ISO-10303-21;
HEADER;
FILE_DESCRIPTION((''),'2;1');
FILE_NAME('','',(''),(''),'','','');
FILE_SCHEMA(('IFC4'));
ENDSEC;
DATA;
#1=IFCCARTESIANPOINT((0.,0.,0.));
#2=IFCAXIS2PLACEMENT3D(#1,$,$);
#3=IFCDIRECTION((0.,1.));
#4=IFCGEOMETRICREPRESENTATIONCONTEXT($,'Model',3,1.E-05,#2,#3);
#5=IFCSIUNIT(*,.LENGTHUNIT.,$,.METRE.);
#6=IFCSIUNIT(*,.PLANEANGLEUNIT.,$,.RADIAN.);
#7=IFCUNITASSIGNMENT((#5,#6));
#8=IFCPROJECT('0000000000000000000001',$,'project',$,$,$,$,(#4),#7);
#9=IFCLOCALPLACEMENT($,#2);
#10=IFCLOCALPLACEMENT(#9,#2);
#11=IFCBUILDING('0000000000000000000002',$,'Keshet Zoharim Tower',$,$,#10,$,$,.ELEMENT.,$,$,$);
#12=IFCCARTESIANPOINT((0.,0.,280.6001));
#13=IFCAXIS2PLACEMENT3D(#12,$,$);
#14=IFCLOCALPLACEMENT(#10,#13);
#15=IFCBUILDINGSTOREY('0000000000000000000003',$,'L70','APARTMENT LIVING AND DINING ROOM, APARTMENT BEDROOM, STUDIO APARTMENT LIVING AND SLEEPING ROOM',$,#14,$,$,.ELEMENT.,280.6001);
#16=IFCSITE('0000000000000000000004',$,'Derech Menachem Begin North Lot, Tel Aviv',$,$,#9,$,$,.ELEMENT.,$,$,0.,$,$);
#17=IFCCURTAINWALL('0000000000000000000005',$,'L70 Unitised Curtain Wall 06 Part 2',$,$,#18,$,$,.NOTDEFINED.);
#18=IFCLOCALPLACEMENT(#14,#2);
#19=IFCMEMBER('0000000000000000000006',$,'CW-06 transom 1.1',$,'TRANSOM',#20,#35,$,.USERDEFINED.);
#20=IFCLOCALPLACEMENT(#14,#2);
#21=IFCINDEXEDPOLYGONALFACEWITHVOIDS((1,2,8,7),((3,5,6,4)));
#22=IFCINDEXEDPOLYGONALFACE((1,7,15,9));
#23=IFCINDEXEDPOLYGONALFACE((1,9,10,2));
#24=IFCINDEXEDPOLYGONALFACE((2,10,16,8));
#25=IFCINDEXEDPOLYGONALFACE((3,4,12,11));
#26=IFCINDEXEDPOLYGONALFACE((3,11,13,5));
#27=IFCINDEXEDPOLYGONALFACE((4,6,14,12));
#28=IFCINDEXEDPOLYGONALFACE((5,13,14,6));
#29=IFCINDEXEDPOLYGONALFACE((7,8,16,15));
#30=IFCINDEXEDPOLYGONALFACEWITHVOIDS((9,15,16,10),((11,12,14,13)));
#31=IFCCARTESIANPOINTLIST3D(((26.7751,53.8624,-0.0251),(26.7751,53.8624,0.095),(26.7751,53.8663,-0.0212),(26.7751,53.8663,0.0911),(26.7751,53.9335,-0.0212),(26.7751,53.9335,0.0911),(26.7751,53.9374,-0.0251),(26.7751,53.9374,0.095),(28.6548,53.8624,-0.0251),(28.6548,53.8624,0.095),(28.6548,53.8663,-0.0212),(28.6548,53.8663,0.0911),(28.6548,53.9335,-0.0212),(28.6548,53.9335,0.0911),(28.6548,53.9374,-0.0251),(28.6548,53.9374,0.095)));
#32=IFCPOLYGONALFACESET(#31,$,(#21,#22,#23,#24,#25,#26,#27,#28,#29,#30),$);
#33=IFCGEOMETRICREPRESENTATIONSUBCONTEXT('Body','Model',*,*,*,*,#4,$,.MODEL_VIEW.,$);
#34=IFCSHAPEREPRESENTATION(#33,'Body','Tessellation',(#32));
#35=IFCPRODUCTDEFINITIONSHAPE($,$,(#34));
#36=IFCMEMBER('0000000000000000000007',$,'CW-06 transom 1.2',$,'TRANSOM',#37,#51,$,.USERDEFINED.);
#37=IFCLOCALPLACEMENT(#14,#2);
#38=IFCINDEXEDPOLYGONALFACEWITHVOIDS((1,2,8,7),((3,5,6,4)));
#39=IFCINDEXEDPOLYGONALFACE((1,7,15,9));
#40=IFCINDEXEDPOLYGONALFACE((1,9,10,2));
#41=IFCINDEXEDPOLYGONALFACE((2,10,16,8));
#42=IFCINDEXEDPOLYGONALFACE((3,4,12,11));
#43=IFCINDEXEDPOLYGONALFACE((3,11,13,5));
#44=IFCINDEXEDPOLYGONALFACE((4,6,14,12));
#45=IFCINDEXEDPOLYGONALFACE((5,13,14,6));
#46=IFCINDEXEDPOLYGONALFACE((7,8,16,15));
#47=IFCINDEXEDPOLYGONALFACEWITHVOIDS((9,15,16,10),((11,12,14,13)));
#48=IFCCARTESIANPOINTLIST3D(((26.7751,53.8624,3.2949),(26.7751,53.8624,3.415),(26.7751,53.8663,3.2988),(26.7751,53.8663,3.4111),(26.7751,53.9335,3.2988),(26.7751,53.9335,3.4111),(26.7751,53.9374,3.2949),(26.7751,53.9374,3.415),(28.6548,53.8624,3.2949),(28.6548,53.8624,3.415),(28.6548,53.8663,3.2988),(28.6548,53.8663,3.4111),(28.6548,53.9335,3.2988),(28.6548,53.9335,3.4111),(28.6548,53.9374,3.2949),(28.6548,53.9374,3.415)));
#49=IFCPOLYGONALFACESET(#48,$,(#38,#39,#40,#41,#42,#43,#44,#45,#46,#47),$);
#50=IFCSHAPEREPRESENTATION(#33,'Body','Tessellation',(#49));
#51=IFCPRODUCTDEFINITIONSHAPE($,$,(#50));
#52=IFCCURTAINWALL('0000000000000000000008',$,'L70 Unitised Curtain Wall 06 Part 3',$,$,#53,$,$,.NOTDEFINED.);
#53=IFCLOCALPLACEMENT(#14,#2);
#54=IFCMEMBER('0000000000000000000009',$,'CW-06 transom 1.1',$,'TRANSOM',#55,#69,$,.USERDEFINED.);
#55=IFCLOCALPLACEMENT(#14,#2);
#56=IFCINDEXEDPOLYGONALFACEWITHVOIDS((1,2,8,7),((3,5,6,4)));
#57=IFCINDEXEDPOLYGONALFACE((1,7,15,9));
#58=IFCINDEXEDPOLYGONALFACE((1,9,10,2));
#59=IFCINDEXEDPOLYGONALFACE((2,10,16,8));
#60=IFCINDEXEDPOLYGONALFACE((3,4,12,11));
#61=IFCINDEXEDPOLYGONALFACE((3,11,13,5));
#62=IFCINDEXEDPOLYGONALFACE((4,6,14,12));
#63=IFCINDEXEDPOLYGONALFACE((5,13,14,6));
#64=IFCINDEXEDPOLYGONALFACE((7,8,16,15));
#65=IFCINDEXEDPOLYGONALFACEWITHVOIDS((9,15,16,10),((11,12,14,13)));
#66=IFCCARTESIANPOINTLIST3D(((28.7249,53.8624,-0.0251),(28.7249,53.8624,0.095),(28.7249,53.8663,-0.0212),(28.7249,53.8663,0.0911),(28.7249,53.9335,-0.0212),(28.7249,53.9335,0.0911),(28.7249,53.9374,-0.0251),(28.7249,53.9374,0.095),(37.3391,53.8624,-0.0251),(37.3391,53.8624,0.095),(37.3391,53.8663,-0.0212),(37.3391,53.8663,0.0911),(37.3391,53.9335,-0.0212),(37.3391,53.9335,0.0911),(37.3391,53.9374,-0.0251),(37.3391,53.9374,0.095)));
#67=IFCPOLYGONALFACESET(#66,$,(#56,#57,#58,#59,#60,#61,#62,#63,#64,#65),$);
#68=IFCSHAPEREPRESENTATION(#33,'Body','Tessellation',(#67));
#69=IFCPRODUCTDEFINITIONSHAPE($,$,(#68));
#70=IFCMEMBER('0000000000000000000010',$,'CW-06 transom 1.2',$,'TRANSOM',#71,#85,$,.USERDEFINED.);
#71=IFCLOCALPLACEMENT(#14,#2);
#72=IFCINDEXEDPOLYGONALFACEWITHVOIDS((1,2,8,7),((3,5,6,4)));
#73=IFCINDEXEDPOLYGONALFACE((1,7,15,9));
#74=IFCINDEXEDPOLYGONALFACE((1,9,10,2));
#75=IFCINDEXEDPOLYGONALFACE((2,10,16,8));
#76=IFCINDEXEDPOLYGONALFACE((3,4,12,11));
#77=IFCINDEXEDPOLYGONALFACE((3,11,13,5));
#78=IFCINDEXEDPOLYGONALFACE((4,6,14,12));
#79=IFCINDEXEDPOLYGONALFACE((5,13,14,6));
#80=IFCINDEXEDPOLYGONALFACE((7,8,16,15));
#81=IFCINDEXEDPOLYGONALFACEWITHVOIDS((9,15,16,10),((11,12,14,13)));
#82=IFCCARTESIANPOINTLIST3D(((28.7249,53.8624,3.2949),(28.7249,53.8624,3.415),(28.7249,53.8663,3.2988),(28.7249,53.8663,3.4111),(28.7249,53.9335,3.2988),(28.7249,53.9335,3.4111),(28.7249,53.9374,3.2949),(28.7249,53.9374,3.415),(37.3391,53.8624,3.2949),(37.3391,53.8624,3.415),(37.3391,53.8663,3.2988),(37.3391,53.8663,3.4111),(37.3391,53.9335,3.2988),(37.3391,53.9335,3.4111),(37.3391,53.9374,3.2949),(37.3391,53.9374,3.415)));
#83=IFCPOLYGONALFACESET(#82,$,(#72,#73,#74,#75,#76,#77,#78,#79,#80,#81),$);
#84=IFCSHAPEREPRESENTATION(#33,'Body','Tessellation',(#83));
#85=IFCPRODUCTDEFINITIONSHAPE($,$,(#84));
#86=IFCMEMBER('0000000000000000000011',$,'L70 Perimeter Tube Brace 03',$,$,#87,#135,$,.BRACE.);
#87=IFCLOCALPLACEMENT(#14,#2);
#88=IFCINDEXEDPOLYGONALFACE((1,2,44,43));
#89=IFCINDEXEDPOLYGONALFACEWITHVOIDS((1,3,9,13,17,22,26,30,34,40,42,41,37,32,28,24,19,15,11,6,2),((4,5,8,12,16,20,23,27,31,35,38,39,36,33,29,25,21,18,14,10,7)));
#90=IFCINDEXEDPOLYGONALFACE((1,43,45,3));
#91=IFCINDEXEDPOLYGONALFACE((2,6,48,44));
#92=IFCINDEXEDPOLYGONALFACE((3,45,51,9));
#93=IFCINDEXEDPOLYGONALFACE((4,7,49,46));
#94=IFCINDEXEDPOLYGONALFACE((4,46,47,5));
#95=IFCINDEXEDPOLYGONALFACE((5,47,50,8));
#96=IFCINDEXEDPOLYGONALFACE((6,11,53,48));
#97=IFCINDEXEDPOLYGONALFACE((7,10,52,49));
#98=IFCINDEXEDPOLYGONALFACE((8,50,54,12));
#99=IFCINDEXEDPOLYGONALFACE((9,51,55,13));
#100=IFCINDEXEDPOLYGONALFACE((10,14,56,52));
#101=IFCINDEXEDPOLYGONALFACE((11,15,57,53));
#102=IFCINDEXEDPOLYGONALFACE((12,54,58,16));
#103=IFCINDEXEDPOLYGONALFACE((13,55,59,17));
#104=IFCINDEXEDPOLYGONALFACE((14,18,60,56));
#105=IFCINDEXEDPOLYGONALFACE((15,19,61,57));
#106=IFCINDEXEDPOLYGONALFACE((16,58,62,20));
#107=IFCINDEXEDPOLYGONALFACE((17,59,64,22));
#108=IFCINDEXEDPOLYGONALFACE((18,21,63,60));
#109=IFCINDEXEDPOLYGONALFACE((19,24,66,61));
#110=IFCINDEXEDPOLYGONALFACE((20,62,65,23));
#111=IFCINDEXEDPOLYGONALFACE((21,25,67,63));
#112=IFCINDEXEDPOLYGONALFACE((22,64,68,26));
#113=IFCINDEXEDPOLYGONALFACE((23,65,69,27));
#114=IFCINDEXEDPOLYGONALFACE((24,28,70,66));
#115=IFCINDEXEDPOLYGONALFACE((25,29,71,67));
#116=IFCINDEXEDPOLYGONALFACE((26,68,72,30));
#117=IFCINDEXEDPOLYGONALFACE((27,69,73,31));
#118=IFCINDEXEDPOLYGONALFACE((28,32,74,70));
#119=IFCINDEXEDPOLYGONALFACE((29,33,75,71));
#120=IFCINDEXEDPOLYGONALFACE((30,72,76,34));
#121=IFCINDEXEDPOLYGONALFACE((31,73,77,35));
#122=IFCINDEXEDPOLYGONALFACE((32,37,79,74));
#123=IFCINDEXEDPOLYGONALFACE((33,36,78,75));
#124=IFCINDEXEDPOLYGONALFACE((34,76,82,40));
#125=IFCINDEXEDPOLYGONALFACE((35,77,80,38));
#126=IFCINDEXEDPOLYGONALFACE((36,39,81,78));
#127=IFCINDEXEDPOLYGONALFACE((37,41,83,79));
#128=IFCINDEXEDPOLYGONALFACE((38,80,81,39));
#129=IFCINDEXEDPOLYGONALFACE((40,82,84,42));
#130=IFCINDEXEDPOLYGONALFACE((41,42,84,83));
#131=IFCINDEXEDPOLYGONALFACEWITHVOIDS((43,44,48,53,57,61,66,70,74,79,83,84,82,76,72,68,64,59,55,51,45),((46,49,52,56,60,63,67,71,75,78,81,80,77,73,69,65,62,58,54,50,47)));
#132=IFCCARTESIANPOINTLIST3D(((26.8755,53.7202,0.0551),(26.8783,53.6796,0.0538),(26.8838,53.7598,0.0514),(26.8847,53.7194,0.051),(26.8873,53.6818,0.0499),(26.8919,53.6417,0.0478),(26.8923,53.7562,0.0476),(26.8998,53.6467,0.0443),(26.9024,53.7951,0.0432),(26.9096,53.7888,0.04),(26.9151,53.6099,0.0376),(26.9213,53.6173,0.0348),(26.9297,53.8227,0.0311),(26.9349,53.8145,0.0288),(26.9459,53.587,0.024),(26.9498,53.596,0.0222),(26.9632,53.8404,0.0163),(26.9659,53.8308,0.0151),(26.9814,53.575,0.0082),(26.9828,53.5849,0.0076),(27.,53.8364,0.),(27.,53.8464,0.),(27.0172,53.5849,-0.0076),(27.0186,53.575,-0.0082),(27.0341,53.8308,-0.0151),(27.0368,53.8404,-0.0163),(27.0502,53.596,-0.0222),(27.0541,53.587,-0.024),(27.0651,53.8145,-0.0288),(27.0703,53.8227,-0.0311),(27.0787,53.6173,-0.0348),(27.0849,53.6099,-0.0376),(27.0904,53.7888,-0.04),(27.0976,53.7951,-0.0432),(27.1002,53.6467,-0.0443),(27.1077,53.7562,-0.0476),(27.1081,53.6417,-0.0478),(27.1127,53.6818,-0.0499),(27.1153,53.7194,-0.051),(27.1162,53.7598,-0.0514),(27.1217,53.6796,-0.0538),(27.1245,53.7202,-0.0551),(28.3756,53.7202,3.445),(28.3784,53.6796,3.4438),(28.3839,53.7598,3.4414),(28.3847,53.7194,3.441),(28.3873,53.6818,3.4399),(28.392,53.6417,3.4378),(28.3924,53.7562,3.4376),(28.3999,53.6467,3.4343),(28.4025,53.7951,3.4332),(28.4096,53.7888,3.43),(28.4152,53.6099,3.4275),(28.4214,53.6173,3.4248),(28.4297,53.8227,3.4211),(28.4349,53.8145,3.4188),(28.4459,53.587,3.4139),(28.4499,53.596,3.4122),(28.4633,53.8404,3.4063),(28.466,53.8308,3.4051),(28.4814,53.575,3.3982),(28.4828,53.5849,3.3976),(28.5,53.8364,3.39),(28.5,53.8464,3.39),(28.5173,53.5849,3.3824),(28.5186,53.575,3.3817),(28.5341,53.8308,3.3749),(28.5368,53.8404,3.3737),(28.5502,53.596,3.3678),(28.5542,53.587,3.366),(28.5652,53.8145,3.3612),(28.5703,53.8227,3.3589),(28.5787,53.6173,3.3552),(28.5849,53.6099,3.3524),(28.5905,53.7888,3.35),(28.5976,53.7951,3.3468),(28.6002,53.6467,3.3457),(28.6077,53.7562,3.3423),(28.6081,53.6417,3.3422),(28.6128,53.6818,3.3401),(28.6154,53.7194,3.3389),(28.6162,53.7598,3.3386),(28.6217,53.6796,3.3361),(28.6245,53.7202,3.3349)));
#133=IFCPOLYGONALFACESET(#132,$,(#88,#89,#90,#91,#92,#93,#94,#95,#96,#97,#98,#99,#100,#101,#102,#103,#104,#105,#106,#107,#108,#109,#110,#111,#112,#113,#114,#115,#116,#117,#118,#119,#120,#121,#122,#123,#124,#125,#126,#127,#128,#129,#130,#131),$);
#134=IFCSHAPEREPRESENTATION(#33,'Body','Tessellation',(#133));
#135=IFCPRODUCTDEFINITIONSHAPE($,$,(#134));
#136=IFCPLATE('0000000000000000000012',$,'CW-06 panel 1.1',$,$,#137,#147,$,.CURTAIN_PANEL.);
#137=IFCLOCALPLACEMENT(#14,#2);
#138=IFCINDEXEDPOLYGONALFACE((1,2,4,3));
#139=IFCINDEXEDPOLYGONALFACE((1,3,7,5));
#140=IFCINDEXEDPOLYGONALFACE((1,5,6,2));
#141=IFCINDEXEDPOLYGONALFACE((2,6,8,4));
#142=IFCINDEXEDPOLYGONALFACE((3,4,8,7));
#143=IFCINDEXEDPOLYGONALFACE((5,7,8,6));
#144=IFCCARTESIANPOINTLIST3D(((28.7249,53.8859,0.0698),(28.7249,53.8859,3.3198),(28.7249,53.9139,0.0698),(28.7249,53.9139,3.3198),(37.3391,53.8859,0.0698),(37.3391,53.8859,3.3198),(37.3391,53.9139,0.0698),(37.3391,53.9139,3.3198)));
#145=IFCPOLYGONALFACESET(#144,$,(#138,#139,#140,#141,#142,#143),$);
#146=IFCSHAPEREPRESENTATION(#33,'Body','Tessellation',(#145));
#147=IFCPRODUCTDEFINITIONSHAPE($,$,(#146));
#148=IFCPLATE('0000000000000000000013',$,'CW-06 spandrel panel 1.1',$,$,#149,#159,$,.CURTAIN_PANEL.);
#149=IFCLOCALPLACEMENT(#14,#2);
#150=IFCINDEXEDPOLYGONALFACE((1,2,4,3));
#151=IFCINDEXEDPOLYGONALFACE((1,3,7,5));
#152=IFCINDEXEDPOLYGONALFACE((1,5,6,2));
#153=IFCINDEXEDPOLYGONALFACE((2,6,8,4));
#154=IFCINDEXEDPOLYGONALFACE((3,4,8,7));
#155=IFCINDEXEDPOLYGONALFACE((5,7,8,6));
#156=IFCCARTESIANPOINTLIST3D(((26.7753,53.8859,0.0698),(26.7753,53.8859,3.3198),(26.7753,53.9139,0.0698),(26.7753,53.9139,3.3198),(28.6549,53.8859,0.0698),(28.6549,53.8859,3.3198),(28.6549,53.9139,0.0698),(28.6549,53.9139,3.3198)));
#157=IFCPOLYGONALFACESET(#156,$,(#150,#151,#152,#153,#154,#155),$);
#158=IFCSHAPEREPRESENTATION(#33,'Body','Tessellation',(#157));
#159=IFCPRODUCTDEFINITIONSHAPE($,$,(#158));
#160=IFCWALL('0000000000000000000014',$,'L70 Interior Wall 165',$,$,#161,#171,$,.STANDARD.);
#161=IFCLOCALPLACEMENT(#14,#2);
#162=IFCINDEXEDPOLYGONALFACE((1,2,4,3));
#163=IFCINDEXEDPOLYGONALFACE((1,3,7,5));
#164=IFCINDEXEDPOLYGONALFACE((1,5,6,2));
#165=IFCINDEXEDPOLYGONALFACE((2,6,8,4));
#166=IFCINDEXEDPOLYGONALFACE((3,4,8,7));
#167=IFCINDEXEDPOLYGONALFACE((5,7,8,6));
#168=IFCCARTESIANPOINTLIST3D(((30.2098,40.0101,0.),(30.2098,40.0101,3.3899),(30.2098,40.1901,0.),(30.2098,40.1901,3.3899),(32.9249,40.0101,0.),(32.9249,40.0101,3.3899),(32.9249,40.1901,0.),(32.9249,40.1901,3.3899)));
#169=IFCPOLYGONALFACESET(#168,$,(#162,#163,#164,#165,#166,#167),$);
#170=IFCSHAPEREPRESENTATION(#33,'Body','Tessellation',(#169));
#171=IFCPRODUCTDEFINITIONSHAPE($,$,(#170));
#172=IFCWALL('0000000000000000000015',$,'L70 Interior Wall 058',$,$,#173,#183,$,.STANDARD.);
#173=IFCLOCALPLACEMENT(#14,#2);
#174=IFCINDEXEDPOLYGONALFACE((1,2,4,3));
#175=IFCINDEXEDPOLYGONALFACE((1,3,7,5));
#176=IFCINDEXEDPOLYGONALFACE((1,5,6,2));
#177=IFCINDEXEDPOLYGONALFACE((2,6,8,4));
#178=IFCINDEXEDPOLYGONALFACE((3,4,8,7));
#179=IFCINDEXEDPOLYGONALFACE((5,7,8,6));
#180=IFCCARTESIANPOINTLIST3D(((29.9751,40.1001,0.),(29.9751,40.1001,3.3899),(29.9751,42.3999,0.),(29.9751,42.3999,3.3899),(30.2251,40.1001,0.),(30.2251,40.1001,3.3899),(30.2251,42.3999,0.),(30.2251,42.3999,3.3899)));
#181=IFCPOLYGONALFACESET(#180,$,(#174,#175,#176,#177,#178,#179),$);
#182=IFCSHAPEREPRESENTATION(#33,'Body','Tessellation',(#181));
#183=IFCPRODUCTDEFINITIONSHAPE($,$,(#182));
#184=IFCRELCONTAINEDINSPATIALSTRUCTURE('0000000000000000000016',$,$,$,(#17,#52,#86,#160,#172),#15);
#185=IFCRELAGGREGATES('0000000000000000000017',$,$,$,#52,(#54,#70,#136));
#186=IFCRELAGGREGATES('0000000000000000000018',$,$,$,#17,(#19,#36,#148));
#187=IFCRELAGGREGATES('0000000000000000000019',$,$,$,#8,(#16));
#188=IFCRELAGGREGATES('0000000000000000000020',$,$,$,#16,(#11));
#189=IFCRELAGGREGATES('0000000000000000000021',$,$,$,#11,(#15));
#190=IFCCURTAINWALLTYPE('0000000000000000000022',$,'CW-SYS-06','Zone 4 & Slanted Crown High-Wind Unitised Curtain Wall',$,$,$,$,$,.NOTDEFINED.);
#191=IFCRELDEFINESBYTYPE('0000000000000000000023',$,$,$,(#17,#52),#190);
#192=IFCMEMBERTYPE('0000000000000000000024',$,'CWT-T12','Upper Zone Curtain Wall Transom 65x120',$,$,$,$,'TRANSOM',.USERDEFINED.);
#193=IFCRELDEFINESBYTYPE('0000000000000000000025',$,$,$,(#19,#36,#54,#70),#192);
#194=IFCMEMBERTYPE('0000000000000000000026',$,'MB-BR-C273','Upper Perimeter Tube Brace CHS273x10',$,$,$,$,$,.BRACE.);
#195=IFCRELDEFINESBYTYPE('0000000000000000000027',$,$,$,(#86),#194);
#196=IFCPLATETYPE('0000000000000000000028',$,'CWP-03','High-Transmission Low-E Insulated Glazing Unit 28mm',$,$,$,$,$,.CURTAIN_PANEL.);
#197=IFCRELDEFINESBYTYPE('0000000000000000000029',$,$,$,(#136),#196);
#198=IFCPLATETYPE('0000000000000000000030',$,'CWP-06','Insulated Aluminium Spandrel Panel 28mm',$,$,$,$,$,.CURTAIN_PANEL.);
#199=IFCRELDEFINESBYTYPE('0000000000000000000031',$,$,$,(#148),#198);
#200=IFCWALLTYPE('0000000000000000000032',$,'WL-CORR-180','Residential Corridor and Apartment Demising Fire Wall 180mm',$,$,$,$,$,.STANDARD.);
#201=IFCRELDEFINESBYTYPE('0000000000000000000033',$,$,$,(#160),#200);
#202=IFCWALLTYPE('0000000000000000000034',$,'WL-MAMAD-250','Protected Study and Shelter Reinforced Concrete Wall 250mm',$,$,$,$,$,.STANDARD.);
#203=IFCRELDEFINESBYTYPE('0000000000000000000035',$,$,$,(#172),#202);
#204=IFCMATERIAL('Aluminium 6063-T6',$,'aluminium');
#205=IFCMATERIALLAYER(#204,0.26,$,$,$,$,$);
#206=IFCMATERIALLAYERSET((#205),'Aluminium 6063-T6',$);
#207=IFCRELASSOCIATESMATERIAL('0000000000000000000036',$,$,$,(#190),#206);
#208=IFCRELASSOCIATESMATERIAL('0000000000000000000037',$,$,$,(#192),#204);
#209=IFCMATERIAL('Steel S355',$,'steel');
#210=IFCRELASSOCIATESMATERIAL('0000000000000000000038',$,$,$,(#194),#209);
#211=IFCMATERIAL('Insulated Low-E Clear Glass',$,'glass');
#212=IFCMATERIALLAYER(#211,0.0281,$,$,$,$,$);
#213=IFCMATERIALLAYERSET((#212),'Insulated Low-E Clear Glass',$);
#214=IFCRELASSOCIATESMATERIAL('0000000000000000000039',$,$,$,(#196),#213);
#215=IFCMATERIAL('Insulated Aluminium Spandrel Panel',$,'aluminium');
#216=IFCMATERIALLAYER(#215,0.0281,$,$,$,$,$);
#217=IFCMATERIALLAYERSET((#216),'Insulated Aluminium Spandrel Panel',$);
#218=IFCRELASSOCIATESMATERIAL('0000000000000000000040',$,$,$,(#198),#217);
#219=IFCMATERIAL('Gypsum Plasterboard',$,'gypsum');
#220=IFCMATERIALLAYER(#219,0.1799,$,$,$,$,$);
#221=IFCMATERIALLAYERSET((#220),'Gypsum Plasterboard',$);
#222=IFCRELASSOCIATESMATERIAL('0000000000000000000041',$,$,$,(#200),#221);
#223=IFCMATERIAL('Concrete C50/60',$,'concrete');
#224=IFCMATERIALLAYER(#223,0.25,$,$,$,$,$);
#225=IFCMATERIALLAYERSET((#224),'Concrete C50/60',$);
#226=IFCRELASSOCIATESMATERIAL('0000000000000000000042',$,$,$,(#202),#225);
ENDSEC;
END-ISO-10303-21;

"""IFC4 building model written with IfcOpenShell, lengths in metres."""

from ifc_helpers import new_model, si_unit, direction, frame, frame_2d, origin, origin_2d, place, context, subcontext, project, spatial, rectangle, hollow_rectangle, hollow_circle, extrude, material, layer, layer_set, material_profile, profile_set, type_object, element, aggregate, save


model = new_model("IFC4")

# Units and contexts
model_context = context("Model", 3, precision=1e-05, world=origin(), true_north=direction((0.0, 1.0)))
body_context = subcontext(model_context, "Body", "Model", "MODEL_VIEW")
ifc_project = project(units=[si_unit("LENGTHUNIT", "METRE"), si_unit("PLANEANGLEUNIT", "RADIAN")], contexts=[model_context])

# Site, building, storey
site_placement = place(None, origin())
site = spatial("IfcSite", under=ifc_project, at=site_placement, Name="Derech Menachem Begin North Lot, Tel Aviv", CompositionType="ELEMENT", RefElevation=0.0)
building_placement = place(site_placement, origin())
building = spatial("IfcBuilding", under=site, at=building_placement, Name="Keshet Zoharim Tower", CompositionType="ELEMENT")
storey_placement = place(building_placement, frame((0.0, 0.0, 280.6001)))
storey = spatial("IfcBuildingStorey", under=building, at=storey_placement, Name="L70", Description="APARTMENT LIVING AND DINING ROOM, APARTMENT BEDROOM, STUDIO APARTMENT LIVING AND SLEEPING ROOM", CompositionType="ELEMENT", Elevation=280.6001)

# Shared definitions
ifc_material_1 = material(Name="Steel S355", Category="steel")

# Shared definitions
ifc_material_2 = material(Name="Aluminium 6063-T6", Category="aluminium")
ifc_layer_1 = layer(ifc_material_2, 0.26)
ifc_layer_set_1 = layer_set([ifc_layer_1], Name="Aluminium 6063-T6")
curtain_wall_type = type_object("IfcCurtainWallType", Name="CW-SYS-06", Description="Zone 4 & Slanted Crown High-Wind Unitised Curtain Wall", PredefinedType="NOTDEFINED", material=ifc_layer_set_1)

# Curtain walls, members
curtain_wall_1_placement = place(storey_placement, origin())
curtain_wall_1 = element("IfcCurtainWall", 1, at=curtain_wall_1_placement, inside=storey, type_object=curtain_wall_type, Name="L70 Unitised Curtain Wall 06 Part 2", PredefinedType="NOTDEFINED")
ifc_material_profile_1 = material_profile(ifc_material_2, hollow_rectangle(XDim=0.075, YDim=0.1201, WallThickness=0.0039, at=origin_2d()), Name="TRN-75x120")
ifc_profile_set_1 = profile_set([ifc_material_profile_1], Name="Aluminium 6063-T6")
member_type_1 = type_object("IfcMemberType", Name="CWT-T12", Description="Upper Zone Curtain Wall Transom 65x120", ElementType="TRANSOM", PredefinedType="USERDEFINED", material=ifc_profile_set_1)
member_1_placement = place(storey_placement, frame((26.7751, 53.8999, 0.0349), z_axis=(1.0, 0.0, 0.0), x_axis=(0.0, 1.0, 0.0)))
member_1 = element("IfcMember", 2, at=member_1_placement, type_object=member_type_1, Name="CW-06 transom 1.1", ObjectType="TRANSOM", PredefinedType="USERDEFINED", context=body_context, shape_type="SweptSolid", body=[
    extrude(hollow_rectangle(XDim=0.075, YDim=0.1201, WallThickness=0.0039, at=origin_2d()), origin(), (0.0, 0.0, 1.0), 1.8796),
])
member_2_placement = place(storey_placement, frame((26.7751, 53.8999, 3.355), z_axis=(1.0, 0.0, 0.0), x_axis=(0.0, 1.0, 0.0)))
member_2 = element("IfcMember", 3, at=member_2_placement, type_object=member_type_1, Name="CW-06 transom 1.2", ObjectType="TRANSOM", PredefinedType="USERDEFINED", context=body_context, shape_type="SweptSolid", body=[
    extrude(hollow_rectangle(XDim=0.075, YDim=0.1201, WallThickness=0.0039, at=origin_2d()), origin(), (0.0, 0.0, 1.0), 1.8796),
])
curtain_wall_2_placement = place(storey_placement, origin())
curtain_wall_2 = element("IfcCurtainWall", 4, at=curtain_wall_2_placement, inside=storey, type_object=curtain_wall_type, Name="L70 Unitised Curtain Wall 06 Part 3", PredefinedType="NOTDEFINED")
member_3_placement = place(storey_placement, frame((28.7249, 53.8999, 0.0349), z_axis=(1.0, 0.0, 0.0), x_axis=(0.0, 1.0, 0.0)))
member_3 = element("IfcMember", 5, at=member_3_placement, type_object=member_type_1, Name="CW-06 transom 1.1", ObjectType="TRANSOM", PredefinedType="USERDEFINED", context=body_context, shape_type="SweptSolid", body=[
    extrude(hollow_rectangle(XDim=0.075, YDim=0.1201, WallThickness=0.0039, at=origin_2d()), origin(), (0.0, 0.0, 1.0), 8.6143),
])
member_4_placement = place(storey_placement, frame((28.7249, 53.8999, 3.355), z_axis=(1.0, 0.0, 0.0), x_axis=(0.0, 1.0, 0.0)))
member_4 = element("IfcMember", 6, at=member_4_placement, type_object=member_type_1, Name="CW-06 transom 1.2", ObjectType="TRANSOM", PredefinedType="USERDEFINED", context=body_context, shape_type="SweptSolid", body=[
    extrude(hollow_rectangle(XDim=0.075, YDim=0.1201, WallThickness=0.0039, at=origin_2d()), origin(), (0.0, 0.0, 1.0), 8.6143),
])

# Member
ifc_material_profile_2 = material_profile(ifc_material_1, hollow_circle(Radius=0.1365, WallThickness=0.01, at=origin_2d()), Name="CHS273x10")
ifc_profile_set_2 = profile_set([ifc_material_profile_2], Name="Steel S355")
member_type_2 = type_object("IfcMemberType", Name="MB-BR-C273", Description="Upper Perimeter Tube Brace CHS273x10", PredefinedType="BRACE", material=ifc_profile_set_2)
member_5_placement = place(storey_placement, frame((27.0, 53.71, 0.0), z_axis=(0.404647, 0.0, 0.914473), x_axis=(0.0, 1.0, 0.0)))
element("IfcMember", 7, at=member_5_placement, inside=storey, type_object=member_type_2, Name="L70 Perimeter Tube Brace 03", PredefinedType="BRACE", context=body_context, shape_type="SweptSolid", body=[
    extrude(hollow_circle(Radius=0.1365, WallThickness=0.01, at=origin_2d()), origin(), (0.0, 0.0, 1.0), 3.707),
])

# Plates
ifc_material_3 = material(Name="Insulated Low-E Clear Glass", Category="glass")
ifc_layer_2 = layer(ifc_material_3, 0.0281)
ifc_layer_set_2 = layer_set([ifc_layer_2], Name="Insulated Low-E Clear Glass")
plate_type_1 = type_object("IfcPlateType", Name="CWP-03", Description="High-Transmission Low-E Insulated Glazing Unit 28mm", PredefinedType="CURTAIN_PANEL", material=ifc_layer_set_2)
plate_1_placement = place(storey_placement, frame((33.032, 53.8999, 0.0698), z_axis=(0.0, 0.0, 1.0), x_axis=(1.0, 0.0, 0.0)))
plate_1 = element("IfcPlate", 8, at=plate_1_placement, type_object=plate_type_1, Name="CW-06 panel 1.1", PredefinedType="CURTAIN_PANEL", context=body_context, shape_type="SweptSolid", body=[
    extrude(rectangle(XDim=8.6143, YDim=0.0281, at=origin_2d()), origin(), (0.0, 0.0, 1.0), 3.25),
])
aggregate(curtain_wall_2, [member_3, member_4, plate_1])
ifc_material_4 = material(Name="Insulated Aluminium Spandrel Panel", Category="aluminium")
ifc_layer_3 = layer(ifc_material_4, 0.0281)
ifc_layer_set_3 = layer_set([ifc_layer_3], Name="Insulated Aluminium Spandrel Panel")
plate_type_2 = type_object("IfcPlateType", Name="CWP-06", Description="Insulated Aluminium Spandrel Panel 28mm", PredefinedType="CURTAIN_PANEL", material=ifc_layer_set_3)
plate_2_placement = place(storey_placement, frame((27.7151, 53.8999, 0.0698), z_axis=(0.0, 0.0, 1.0), x_axis=(1.0, 0.0, 0.0)))
plate_2 = element("IfcPlate", 9, at=plate_2_placement, type_object=plate_type_2, Name="CW-06 spandrel panel 1.1", PredefinedType="CURTAIN_PANEL", context=body_context, shape_type="SweptSolid", body=[
    extrude(rectangle(XDim=1.8796, YDim=0.0281, at=origin_2d()), origin(), (0.0, 0.0, 1.0), 3.25),
])
aggregate(curtain_wall_1, [member_1, member_2, plate_2])

# Walls
ifc_material_5 = material(Name="Gypsum Plasterboard", Category="gypsum")
ifc_layer_4 = layer(ifc_material_5, 0.1799)
ifc_layer_set_4 = layer_set([ifc_layer_4], Name="Gypsum Plasterboard")
wall_type_1 = type_object("IfcWallType", Name="WL-CORR-180", Description="Residential Corridor and Apartment Demising Fire Wall 180mm", PredefinedType="STANDARD", material=ifc_layer_set_4)
wall_1_placement = place(storey_placement, frame((30.21, 40.1001, 0.0), z_axis=(0.0, 0.0, 1.0), x_axis=(1.0, 0.0, 0.0)))
element("IfcWall", 10, at=wall_1_placement, inside=storey, type_object=wall_type_1, Name="L70 Interior Wall 165", PredefinedType="STANDARD", context=body_context, shape_type="SweptSolid", body=[
    extrude(rectangle(XDim=2.7151, YDim=0.1799, at=frame_2d((1.3574, 0.0))), origin(), (0.0, 0.0, 1.0), 3.3899),
])
ifc_material_6 = material(Name="Concrete C50/60", Category="concrete")
ifc_layer_5 = layer(ifc_material_6, 0.25)
ifc_layer_set_5 = layer_set([ifc_layer_5], Name="Concrete C50/60")
wall_type_2 = type_object("IfcWallType", Name="WL-MAMAD-250", Description="Protected Study and Shelter Reinforced Concrete Wall 250mm", PredefinedType="STANDARD", material=ifc_layer_set_5)
wall_2_placement = place(storey_placement, frame((30.1001, 40.1001, 0.0), z_axis=(0.0, 0.0, 1.0), x_axis=(0.0, 1.0, 0.0)))
element("IfcWall", 11, at=wall_2_placement, inside=storey, type_object=wall_type_2, Name="L70 Interior Wall 058", PredefinedType="STANDARD", context=body_context, shape_type="SweptSolid", body=[
    extrude(rectangle(XDim=2.2998, YDim=0.25, at=frame_2d((1.1499, 0.0))), origin(), (0.0, 0.0, 1.0), 3.3899),
])

save(model, "model.ifc")
